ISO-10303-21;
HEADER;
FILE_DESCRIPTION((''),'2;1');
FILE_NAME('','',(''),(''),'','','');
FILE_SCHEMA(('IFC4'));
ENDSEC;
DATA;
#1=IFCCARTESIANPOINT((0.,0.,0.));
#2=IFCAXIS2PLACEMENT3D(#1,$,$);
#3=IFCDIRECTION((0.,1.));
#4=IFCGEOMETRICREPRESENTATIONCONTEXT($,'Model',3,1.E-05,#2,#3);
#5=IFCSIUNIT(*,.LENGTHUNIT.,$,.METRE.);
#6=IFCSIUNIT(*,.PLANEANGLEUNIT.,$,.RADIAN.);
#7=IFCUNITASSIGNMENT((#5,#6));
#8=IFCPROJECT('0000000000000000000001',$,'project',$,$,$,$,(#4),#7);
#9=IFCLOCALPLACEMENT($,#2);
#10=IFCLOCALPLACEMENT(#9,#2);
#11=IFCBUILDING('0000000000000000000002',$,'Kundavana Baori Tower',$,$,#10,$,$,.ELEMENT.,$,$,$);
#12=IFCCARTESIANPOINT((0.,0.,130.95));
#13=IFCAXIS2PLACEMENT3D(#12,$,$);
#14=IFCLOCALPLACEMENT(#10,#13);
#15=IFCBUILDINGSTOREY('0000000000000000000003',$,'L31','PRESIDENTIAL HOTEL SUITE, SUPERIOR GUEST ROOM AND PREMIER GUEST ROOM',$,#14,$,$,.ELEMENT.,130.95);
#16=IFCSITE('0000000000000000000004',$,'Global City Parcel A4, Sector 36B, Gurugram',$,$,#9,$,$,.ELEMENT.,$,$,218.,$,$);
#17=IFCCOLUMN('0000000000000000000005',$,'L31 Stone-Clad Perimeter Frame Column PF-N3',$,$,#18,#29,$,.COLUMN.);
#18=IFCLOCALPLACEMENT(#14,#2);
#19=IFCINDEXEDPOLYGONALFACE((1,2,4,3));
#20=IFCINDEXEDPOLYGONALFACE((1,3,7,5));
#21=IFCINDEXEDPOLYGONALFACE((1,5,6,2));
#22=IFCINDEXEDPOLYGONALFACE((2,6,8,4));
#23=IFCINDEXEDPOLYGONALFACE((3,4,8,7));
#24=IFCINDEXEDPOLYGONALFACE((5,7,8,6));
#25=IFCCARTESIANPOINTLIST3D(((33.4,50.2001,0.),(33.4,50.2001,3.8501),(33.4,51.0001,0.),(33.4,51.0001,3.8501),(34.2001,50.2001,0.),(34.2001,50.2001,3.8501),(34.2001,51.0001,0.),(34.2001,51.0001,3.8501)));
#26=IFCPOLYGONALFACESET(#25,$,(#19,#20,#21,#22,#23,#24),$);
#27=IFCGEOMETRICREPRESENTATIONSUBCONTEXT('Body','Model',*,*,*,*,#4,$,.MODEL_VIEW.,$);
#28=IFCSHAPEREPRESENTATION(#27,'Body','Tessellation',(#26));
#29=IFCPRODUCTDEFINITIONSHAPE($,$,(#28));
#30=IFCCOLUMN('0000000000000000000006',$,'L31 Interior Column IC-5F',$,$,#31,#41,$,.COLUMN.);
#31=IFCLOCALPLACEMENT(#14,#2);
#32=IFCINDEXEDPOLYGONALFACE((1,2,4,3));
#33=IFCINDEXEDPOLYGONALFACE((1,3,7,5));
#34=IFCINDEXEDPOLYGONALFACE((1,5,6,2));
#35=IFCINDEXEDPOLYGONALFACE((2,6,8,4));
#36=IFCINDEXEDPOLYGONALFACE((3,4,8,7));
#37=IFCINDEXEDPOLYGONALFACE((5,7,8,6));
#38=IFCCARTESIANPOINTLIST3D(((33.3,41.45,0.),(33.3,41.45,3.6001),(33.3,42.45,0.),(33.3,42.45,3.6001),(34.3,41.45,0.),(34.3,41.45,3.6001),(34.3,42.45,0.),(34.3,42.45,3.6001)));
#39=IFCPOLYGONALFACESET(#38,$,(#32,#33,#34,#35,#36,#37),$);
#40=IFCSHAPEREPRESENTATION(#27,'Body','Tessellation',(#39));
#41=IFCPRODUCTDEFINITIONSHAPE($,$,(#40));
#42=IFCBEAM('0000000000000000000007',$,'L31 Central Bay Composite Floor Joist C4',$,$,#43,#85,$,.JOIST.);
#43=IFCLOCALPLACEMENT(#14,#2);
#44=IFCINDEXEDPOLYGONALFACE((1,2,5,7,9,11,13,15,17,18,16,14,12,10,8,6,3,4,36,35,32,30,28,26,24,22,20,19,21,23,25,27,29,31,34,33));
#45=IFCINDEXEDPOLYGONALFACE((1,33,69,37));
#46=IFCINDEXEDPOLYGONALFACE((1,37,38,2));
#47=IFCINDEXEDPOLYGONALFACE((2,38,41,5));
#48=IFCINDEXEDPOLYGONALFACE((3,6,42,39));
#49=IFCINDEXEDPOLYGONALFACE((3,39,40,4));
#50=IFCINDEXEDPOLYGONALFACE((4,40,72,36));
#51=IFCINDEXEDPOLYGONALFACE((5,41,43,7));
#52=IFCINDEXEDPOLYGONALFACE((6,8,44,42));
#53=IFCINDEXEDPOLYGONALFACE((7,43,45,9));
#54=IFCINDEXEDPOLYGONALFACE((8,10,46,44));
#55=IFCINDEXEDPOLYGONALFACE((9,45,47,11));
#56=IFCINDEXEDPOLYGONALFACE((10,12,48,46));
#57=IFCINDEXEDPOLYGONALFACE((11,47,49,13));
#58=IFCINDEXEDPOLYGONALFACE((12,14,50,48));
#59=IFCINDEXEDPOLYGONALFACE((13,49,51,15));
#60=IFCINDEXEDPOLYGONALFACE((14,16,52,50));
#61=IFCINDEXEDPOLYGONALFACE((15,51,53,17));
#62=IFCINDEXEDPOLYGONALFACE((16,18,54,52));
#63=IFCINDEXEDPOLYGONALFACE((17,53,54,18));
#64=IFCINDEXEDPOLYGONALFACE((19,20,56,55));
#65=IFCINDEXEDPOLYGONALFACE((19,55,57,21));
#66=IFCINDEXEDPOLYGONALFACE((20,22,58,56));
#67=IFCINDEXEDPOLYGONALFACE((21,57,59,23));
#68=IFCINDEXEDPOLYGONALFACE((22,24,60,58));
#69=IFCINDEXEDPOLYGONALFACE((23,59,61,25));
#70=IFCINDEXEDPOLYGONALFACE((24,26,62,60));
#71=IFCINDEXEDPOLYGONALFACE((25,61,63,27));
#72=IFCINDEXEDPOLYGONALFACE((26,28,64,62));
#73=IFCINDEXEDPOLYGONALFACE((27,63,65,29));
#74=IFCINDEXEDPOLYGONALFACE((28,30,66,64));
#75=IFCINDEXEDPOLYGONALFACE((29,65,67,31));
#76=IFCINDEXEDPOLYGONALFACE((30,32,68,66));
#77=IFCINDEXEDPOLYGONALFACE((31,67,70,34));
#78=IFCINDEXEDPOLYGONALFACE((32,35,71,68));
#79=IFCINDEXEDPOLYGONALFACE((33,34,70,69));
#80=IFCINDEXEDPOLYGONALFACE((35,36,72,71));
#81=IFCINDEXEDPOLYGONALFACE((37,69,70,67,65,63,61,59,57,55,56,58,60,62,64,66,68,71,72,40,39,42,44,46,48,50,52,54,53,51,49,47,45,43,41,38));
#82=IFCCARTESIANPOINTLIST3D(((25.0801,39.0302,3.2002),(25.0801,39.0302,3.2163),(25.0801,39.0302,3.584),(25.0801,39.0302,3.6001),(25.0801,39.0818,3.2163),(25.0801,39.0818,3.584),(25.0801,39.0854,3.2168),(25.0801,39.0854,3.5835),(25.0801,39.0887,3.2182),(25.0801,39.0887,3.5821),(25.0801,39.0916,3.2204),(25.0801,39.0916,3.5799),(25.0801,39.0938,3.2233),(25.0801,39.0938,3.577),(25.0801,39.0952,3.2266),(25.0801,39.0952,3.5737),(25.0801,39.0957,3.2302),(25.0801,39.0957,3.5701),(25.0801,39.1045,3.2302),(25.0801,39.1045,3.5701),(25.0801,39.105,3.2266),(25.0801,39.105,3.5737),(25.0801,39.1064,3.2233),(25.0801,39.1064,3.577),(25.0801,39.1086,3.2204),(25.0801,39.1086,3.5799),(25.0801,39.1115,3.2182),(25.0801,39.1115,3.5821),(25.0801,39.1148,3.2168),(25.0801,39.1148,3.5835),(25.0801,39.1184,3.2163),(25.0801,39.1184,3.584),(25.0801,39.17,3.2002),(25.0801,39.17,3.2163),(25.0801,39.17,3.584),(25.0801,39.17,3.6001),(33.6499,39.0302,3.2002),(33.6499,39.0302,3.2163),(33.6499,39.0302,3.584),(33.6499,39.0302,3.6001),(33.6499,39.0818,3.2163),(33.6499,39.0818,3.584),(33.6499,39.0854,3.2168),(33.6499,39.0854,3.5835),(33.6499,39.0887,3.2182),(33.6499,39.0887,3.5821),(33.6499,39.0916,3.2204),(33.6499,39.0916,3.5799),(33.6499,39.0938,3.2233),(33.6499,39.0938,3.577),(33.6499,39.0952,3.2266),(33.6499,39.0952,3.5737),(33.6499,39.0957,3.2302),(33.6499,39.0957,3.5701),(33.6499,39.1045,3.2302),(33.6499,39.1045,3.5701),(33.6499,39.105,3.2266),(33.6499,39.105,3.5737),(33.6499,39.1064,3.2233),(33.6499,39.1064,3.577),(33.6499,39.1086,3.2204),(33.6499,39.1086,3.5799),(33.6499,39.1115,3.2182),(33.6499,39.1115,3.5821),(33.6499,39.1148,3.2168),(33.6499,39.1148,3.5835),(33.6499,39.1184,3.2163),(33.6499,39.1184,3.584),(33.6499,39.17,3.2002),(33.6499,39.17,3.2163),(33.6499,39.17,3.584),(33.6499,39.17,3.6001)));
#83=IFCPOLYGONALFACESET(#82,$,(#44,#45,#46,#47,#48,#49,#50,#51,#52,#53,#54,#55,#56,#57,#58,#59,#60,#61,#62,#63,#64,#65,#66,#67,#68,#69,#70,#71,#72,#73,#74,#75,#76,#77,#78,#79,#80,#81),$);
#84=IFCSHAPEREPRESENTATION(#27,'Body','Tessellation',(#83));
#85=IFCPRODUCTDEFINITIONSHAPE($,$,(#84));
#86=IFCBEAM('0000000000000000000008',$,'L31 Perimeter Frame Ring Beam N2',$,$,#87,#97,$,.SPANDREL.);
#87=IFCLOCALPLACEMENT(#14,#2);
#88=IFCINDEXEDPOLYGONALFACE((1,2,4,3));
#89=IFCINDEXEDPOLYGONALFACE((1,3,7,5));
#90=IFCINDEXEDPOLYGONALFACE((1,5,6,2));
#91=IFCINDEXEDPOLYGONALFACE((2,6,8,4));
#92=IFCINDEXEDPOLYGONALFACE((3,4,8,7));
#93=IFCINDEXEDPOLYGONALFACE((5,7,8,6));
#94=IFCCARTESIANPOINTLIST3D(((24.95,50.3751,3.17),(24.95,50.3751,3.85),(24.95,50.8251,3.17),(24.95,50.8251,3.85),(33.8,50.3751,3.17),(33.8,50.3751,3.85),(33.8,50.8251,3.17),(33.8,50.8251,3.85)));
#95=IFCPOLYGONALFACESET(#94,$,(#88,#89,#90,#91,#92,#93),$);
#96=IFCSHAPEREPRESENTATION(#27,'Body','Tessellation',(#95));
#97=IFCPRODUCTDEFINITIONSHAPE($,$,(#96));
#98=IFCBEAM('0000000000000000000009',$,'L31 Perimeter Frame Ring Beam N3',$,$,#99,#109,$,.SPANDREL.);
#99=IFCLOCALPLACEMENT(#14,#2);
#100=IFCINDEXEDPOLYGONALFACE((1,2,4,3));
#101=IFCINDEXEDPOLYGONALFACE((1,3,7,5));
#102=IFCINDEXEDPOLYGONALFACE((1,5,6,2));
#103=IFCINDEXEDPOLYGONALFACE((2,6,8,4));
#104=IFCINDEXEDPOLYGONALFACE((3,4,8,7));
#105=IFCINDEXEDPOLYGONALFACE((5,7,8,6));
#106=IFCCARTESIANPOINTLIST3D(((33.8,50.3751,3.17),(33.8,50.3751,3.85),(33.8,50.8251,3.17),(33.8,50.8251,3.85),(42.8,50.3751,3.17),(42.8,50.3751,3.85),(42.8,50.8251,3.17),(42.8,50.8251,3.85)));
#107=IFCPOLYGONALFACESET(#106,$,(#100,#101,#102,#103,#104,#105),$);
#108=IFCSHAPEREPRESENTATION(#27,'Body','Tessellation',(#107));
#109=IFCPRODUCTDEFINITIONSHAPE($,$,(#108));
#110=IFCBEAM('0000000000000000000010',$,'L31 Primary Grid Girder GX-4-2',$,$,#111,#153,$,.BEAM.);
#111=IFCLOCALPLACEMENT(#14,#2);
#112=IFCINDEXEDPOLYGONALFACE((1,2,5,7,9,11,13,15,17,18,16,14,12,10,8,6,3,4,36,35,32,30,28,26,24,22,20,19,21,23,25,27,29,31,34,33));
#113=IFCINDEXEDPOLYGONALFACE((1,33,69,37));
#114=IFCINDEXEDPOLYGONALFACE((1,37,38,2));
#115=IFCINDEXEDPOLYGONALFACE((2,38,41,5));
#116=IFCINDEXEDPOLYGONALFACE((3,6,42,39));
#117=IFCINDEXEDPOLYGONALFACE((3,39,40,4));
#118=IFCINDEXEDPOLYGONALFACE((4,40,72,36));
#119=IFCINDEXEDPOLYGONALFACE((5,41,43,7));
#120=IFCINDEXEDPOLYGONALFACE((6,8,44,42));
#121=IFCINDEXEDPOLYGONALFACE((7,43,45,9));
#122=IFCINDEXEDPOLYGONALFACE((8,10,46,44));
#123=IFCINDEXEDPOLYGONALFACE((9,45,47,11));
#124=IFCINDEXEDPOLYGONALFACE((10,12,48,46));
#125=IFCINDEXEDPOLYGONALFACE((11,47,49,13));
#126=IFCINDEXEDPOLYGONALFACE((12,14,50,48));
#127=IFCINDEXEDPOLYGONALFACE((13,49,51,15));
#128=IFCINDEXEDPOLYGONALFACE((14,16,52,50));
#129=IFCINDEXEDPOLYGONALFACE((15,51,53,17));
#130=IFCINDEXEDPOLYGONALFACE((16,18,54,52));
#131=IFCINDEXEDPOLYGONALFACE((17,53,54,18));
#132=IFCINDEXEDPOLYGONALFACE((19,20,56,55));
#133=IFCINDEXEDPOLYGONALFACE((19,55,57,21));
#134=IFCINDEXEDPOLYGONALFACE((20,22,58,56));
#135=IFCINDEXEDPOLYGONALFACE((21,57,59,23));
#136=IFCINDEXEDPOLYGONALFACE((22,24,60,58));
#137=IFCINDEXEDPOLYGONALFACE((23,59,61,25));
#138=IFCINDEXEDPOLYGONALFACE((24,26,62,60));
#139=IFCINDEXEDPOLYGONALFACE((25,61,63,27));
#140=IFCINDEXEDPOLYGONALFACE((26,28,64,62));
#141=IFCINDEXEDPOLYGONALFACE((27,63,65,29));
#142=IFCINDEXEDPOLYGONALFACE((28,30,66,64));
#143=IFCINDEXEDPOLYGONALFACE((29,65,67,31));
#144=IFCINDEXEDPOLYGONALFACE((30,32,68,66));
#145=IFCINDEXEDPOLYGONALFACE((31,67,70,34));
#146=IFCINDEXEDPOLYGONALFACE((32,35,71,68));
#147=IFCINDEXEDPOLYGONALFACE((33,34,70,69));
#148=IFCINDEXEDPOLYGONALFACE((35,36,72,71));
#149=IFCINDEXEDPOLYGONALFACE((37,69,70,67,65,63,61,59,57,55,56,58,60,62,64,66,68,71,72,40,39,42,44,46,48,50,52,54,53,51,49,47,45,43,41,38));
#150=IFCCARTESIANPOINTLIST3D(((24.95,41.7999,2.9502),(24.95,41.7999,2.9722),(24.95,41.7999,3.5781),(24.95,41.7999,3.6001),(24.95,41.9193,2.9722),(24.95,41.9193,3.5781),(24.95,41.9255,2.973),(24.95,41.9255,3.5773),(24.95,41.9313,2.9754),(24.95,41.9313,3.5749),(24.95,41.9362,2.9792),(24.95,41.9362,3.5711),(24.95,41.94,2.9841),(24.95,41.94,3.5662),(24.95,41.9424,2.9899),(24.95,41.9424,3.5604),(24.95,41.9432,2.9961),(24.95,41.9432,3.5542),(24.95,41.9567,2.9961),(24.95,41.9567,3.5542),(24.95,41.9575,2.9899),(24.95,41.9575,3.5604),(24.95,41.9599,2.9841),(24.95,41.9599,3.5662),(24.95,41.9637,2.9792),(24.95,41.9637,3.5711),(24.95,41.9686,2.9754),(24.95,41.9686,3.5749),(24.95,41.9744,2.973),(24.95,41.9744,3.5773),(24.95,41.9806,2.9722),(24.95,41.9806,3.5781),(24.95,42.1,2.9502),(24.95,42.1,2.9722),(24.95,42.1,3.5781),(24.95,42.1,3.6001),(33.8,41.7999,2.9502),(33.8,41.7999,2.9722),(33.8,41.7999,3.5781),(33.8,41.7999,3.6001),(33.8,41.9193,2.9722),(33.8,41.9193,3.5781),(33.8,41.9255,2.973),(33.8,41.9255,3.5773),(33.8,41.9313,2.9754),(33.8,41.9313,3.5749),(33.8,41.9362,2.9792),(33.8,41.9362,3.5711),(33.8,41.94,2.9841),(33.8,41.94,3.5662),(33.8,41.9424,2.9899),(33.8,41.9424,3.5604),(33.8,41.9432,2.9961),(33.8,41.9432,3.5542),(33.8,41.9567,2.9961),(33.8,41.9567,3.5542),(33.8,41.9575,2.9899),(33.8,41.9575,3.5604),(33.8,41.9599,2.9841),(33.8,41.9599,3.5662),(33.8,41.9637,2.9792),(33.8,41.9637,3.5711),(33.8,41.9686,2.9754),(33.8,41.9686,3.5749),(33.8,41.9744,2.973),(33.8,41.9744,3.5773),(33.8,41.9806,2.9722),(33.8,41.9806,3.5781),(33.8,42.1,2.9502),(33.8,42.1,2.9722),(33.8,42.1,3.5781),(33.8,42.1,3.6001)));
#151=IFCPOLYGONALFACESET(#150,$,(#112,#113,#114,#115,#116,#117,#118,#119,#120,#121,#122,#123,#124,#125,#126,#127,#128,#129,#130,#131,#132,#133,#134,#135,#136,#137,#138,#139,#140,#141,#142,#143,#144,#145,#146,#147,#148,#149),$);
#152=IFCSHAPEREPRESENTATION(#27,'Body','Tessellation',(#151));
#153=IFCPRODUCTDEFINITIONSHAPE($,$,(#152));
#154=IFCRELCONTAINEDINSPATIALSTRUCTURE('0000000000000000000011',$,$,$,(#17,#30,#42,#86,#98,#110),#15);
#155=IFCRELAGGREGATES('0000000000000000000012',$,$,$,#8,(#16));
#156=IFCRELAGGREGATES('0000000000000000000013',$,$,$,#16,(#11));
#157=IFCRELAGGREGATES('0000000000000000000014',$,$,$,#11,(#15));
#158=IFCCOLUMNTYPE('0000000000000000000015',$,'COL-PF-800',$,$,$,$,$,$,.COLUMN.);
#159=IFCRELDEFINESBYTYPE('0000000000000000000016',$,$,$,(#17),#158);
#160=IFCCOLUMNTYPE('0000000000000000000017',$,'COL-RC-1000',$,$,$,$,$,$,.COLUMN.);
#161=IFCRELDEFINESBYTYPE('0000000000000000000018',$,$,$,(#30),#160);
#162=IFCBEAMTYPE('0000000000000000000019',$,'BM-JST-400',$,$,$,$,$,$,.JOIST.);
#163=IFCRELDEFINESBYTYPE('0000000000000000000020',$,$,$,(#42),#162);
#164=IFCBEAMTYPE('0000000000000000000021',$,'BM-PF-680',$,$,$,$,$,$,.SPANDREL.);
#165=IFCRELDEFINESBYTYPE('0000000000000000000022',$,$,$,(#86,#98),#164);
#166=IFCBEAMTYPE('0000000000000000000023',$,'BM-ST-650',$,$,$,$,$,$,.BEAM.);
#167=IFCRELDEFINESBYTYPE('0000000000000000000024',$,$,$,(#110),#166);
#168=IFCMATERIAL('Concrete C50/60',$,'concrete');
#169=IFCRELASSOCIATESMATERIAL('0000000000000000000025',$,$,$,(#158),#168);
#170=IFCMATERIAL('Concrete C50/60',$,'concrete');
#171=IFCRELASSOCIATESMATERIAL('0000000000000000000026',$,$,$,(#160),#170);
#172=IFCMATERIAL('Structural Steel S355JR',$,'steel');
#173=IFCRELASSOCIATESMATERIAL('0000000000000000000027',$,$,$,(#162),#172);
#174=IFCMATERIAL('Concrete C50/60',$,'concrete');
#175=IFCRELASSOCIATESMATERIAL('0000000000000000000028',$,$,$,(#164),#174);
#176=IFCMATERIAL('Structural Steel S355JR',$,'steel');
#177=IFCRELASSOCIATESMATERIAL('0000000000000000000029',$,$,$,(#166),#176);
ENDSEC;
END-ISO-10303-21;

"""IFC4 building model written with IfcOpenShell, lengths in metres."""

from ifc_helpers import new_model, si_unit, direction, frame, origin, origin_2d, place, context, subcontext, project, spatial, rectangle, i_section, extrude, material, material_profile, profile_set, type_object, element, save


model = new_model("IFC4")

# Units and contexts
model_context = context("Model", 3, precision=1e-05, world=origin(), true_north=direction((0.0, 1.0)))
body_context = subcontext(model_context, "Body", "Model", "MODEL_VIEW")
ifc_project = project(units=[si_unit("LENGTHUNIT", "METRE"), si_unit("PLANEANGLEUNIT", "RADIAN")], contexts=[model_context])

# Site, building, storey
site_placement = place(None, origin())
site = spatial("IfcSite", under=ifc_project, at=site_placement, Name="Global City Parcel A4, Sector 36B, Gurugram", CompositionType="ELEMENT", RefElevation=218.0)
building_placement = place(site_placement, origin())
building = spatial("IfcBuilding", under=site, at=building_placement, Name="Kundavana Baori Tower", CompositionType="ELEMENT")
storey_placement = place(building_placement, frame((0.0, 0.0, 130.95)))
storey = spatial("IfcBuildingStorey", under=building, at=storey_placement, Name="L31", Description="PRESIDENTIAL HOTEL SUITE, SUPERIOR GUEST ROOM AND PREMIER GUEST ROOM", CompositionType="ELEMENT", Elevation=130.95)

# Columns
ifc_material_1 = material(Name="Concrete C50/60", Category="concrete")
ifc_material_profile_1 = material_profile(ifc_material_1, rectangle(XDim=0.8, YDim=0.8, at=origin_2d()), Name="RC PF 800x800")
ifc_profile_set_1 = profile_set([ifc_material_profile_1], Name="Concrete C50/60")
column_type_1 = type_object("IfcColumnType", Name="COL-PF-800", PredefinedType="COLUMN", material=ifc_profile_set_1)
column_1_placement = place(storey_placement, frame((33.8, 50.6001, 0.0), z_axis=(0.0, 0.0, 1.0), x_axis=(1.0, 0.0, 0.0)))
element("IfcColumn", 1, at=column_1_placement, inside=storey, type_object=column_type_1, Name="L31 Stone-Clad Perimeter Frame Column PF-N3", PredefinedType="COLUMN", context=body_context, shape_type="SweptSolid", body=[
    extrude(rectangle(XDim=0.8, YDim=0.8, at=origin_2d()), origin(), (0.0, 0.0, 1.0), 3.8501),
])
ifc_material_2 = material(Name="Concrete C50/60", Category="concrete")
ifc_material_profile_2 = material_profile(ifc_material_2, rectangle(XDim=1.0, YDim=1.0, at=origin_2d()), Name="RC 1000x1000")
ifc_profile_set_2 = profile_set([ifc_material_profile_2], Name="Concrete C50/60")
column_type_2 = type_object("IfcColumnType", Name="COL-RC-1000", PredefinedType="COLUMN", material=ifc_profile_set_2)
column_2_placement = place(storey_placement, frame((33.8, 41.95, 0.0), z_axis=(0.0, 0.0, 1.0), x_axis=(1.0, 0.0, 0.0)))
element("IfcColumn", 2, at=column_2_placement, inside=storey, type_object=column_type_2, Name="L31 Interior Column IC-5F", PredefinedType="COLUMN", context=body_context, shape_type="SweptSolid", body=[
    extrude(rectangle(XDim=1.0, YDim=1.0, at=origin_2d()), origin(), (0.0, 0.0, 1.0), 3.6001),
])

# Beams
ifc_material_3 = material(Name="Structural Steel S355JR", Category="steel")
ifc_material_profile_3 = material_profile(ifc_material_3, i_section(OverallWidth=0.1399, OverallDepth=0.3999, WebThickness=0.0088, FlangeThickness=0.0161, FilletRadius=0.0139, at=origin_2d()), Name="ISMB 400")
ifc_profile_set_3 = profile_set([ifc_material_profile_3], Name="Structural Steel S355JR")
beam_type_1 = type_object("IfcBeamType", Name="BM-JST-400", PredefinedType="JOIST", material=ifc_profile_set_3)
beam_1_placement = place(storey_placement, frame((25.0801, 39.1001, 3.4001), z_axis=(1.0, 0.0, 0.0), x_axis=(0.0, 1.0, 0.0)))
element("IfcBeam", 3, at=beam_1_placement, inside=storey, type_object=beam_type_1, Name="L31 Central Bay Composite Floor Joist C4", PredefinedType="JOIST", context=body_context, shape_type="SweptSolid", body=[
    extrude(i_section(OverallWidth=0.1399, OverallDepth=0.3999, WebThickness=0.0088, FlangeThickness=0.0161, FilletRadius=0.0139, at=origin_2d()), origin(), (0.0, 0.0, 1.0), 8.5698),
])
ifc_material_4 = material(Name="Concrete C50/60", Category="concrete")
ifc_material_profile_4 = material_profile(ifc_material_4, rectangle(XDim=0.45, YDim=0.6799, at=origin_2d()), Name="RC BM 450x680")
ifc_profile_set_4 = profile_set([ifc_material_profile_4], Name="Concrete C50/60")
beam_type_2 = type_object("IfcBeamType", Name="BM-PF-680", PredefinedType="SPANDREL", material=ifc_profile_set_4)
beam_2_placement = place(storey_placement, frame((24.95, 50.6001, 3.51), z_axis=(1.0, 0.0, 0.0), x_axis=(0.0, 1.0, 0.0)))
element("IfcBeam", 4, at=beam_2_placement, inside=storey, type_object=beam_type_2, Name="L31 Perimeter Frame Ring Beam N2", PredefinedType="SPANDREL", context=body_context, shape_type="SweptSolid", body=[
    extrude(rectangle(XDim=0.45, YDim=0.6799, at=origin_2d()), origin(), (0.0, 0.0, 1.0), 8.8501),
])
beam_3_placement = place(storey_placement, frame((33.8, 50.6001, 3.51), z_axis=(1.0, 0.0, 0.0), x_axis=(0.0, 1.0, 0.0)))
element("IfcBeam", 5, at=beam_3_placement, inside=storey, type_object=beam_type_2, Name="L31 Perimeter Frame Ring Beam N3", PredefinedType="SPANDREL", context=body_context, shape_type="SweptSolid", body=[
    extrude(rectangle(XDim=0.45, YDim=0.6799, at=origin_2d()), origin(), (0.0, 0.0, 1.0), 9.0),
])
ifc_material_5 = material(Name="Structural Steel S355JR", Category="steel")
ifc_material_profile_5 = material_profile(ifc_material_5, i_section(OverallWidth=0.3, OverallDepth=0.6499, WebThickness=0.0134, FlangeThickness=0.022, FilletRadius=0.0239, at=origin_2d()), Name="NPB 650x300x155")
ifc_profile_set_5 = profile_set([ifc_material_profile_5], Name="Structural Steel S355JR")
beam_type_3 = type_object("IfcBeamType", Name="BM-ST-650", PredefinedType="BEAM", material=ifc_profile_set_5)
beam_4_placement = place(storey_placement, frame((24.95, 41.95, 3.2751), z_axis=(1.0, 0.0, 0.0), x_axis=(0.0, 1.0, 0.0)))
element("IfcBeam", 6, at=beam_4_placement, inside=storey, type_object=beam_type_3, Name="L31 Primary Grid Girder GX-4-2", PredefinedType="BEAM", context=body_context, shape_type="SweptSolid", body=[
    extrude(i_section(OverallWidth=0.3, OverallDepth=0.6499, WebThickness=0.0134, FlangeThickness=0.022, FilletRadius=0.0239, at=origin_2d()), origin(), (0.0, 0.0, 1.0), 8.8501),
])

save(model, "model.ifc")
